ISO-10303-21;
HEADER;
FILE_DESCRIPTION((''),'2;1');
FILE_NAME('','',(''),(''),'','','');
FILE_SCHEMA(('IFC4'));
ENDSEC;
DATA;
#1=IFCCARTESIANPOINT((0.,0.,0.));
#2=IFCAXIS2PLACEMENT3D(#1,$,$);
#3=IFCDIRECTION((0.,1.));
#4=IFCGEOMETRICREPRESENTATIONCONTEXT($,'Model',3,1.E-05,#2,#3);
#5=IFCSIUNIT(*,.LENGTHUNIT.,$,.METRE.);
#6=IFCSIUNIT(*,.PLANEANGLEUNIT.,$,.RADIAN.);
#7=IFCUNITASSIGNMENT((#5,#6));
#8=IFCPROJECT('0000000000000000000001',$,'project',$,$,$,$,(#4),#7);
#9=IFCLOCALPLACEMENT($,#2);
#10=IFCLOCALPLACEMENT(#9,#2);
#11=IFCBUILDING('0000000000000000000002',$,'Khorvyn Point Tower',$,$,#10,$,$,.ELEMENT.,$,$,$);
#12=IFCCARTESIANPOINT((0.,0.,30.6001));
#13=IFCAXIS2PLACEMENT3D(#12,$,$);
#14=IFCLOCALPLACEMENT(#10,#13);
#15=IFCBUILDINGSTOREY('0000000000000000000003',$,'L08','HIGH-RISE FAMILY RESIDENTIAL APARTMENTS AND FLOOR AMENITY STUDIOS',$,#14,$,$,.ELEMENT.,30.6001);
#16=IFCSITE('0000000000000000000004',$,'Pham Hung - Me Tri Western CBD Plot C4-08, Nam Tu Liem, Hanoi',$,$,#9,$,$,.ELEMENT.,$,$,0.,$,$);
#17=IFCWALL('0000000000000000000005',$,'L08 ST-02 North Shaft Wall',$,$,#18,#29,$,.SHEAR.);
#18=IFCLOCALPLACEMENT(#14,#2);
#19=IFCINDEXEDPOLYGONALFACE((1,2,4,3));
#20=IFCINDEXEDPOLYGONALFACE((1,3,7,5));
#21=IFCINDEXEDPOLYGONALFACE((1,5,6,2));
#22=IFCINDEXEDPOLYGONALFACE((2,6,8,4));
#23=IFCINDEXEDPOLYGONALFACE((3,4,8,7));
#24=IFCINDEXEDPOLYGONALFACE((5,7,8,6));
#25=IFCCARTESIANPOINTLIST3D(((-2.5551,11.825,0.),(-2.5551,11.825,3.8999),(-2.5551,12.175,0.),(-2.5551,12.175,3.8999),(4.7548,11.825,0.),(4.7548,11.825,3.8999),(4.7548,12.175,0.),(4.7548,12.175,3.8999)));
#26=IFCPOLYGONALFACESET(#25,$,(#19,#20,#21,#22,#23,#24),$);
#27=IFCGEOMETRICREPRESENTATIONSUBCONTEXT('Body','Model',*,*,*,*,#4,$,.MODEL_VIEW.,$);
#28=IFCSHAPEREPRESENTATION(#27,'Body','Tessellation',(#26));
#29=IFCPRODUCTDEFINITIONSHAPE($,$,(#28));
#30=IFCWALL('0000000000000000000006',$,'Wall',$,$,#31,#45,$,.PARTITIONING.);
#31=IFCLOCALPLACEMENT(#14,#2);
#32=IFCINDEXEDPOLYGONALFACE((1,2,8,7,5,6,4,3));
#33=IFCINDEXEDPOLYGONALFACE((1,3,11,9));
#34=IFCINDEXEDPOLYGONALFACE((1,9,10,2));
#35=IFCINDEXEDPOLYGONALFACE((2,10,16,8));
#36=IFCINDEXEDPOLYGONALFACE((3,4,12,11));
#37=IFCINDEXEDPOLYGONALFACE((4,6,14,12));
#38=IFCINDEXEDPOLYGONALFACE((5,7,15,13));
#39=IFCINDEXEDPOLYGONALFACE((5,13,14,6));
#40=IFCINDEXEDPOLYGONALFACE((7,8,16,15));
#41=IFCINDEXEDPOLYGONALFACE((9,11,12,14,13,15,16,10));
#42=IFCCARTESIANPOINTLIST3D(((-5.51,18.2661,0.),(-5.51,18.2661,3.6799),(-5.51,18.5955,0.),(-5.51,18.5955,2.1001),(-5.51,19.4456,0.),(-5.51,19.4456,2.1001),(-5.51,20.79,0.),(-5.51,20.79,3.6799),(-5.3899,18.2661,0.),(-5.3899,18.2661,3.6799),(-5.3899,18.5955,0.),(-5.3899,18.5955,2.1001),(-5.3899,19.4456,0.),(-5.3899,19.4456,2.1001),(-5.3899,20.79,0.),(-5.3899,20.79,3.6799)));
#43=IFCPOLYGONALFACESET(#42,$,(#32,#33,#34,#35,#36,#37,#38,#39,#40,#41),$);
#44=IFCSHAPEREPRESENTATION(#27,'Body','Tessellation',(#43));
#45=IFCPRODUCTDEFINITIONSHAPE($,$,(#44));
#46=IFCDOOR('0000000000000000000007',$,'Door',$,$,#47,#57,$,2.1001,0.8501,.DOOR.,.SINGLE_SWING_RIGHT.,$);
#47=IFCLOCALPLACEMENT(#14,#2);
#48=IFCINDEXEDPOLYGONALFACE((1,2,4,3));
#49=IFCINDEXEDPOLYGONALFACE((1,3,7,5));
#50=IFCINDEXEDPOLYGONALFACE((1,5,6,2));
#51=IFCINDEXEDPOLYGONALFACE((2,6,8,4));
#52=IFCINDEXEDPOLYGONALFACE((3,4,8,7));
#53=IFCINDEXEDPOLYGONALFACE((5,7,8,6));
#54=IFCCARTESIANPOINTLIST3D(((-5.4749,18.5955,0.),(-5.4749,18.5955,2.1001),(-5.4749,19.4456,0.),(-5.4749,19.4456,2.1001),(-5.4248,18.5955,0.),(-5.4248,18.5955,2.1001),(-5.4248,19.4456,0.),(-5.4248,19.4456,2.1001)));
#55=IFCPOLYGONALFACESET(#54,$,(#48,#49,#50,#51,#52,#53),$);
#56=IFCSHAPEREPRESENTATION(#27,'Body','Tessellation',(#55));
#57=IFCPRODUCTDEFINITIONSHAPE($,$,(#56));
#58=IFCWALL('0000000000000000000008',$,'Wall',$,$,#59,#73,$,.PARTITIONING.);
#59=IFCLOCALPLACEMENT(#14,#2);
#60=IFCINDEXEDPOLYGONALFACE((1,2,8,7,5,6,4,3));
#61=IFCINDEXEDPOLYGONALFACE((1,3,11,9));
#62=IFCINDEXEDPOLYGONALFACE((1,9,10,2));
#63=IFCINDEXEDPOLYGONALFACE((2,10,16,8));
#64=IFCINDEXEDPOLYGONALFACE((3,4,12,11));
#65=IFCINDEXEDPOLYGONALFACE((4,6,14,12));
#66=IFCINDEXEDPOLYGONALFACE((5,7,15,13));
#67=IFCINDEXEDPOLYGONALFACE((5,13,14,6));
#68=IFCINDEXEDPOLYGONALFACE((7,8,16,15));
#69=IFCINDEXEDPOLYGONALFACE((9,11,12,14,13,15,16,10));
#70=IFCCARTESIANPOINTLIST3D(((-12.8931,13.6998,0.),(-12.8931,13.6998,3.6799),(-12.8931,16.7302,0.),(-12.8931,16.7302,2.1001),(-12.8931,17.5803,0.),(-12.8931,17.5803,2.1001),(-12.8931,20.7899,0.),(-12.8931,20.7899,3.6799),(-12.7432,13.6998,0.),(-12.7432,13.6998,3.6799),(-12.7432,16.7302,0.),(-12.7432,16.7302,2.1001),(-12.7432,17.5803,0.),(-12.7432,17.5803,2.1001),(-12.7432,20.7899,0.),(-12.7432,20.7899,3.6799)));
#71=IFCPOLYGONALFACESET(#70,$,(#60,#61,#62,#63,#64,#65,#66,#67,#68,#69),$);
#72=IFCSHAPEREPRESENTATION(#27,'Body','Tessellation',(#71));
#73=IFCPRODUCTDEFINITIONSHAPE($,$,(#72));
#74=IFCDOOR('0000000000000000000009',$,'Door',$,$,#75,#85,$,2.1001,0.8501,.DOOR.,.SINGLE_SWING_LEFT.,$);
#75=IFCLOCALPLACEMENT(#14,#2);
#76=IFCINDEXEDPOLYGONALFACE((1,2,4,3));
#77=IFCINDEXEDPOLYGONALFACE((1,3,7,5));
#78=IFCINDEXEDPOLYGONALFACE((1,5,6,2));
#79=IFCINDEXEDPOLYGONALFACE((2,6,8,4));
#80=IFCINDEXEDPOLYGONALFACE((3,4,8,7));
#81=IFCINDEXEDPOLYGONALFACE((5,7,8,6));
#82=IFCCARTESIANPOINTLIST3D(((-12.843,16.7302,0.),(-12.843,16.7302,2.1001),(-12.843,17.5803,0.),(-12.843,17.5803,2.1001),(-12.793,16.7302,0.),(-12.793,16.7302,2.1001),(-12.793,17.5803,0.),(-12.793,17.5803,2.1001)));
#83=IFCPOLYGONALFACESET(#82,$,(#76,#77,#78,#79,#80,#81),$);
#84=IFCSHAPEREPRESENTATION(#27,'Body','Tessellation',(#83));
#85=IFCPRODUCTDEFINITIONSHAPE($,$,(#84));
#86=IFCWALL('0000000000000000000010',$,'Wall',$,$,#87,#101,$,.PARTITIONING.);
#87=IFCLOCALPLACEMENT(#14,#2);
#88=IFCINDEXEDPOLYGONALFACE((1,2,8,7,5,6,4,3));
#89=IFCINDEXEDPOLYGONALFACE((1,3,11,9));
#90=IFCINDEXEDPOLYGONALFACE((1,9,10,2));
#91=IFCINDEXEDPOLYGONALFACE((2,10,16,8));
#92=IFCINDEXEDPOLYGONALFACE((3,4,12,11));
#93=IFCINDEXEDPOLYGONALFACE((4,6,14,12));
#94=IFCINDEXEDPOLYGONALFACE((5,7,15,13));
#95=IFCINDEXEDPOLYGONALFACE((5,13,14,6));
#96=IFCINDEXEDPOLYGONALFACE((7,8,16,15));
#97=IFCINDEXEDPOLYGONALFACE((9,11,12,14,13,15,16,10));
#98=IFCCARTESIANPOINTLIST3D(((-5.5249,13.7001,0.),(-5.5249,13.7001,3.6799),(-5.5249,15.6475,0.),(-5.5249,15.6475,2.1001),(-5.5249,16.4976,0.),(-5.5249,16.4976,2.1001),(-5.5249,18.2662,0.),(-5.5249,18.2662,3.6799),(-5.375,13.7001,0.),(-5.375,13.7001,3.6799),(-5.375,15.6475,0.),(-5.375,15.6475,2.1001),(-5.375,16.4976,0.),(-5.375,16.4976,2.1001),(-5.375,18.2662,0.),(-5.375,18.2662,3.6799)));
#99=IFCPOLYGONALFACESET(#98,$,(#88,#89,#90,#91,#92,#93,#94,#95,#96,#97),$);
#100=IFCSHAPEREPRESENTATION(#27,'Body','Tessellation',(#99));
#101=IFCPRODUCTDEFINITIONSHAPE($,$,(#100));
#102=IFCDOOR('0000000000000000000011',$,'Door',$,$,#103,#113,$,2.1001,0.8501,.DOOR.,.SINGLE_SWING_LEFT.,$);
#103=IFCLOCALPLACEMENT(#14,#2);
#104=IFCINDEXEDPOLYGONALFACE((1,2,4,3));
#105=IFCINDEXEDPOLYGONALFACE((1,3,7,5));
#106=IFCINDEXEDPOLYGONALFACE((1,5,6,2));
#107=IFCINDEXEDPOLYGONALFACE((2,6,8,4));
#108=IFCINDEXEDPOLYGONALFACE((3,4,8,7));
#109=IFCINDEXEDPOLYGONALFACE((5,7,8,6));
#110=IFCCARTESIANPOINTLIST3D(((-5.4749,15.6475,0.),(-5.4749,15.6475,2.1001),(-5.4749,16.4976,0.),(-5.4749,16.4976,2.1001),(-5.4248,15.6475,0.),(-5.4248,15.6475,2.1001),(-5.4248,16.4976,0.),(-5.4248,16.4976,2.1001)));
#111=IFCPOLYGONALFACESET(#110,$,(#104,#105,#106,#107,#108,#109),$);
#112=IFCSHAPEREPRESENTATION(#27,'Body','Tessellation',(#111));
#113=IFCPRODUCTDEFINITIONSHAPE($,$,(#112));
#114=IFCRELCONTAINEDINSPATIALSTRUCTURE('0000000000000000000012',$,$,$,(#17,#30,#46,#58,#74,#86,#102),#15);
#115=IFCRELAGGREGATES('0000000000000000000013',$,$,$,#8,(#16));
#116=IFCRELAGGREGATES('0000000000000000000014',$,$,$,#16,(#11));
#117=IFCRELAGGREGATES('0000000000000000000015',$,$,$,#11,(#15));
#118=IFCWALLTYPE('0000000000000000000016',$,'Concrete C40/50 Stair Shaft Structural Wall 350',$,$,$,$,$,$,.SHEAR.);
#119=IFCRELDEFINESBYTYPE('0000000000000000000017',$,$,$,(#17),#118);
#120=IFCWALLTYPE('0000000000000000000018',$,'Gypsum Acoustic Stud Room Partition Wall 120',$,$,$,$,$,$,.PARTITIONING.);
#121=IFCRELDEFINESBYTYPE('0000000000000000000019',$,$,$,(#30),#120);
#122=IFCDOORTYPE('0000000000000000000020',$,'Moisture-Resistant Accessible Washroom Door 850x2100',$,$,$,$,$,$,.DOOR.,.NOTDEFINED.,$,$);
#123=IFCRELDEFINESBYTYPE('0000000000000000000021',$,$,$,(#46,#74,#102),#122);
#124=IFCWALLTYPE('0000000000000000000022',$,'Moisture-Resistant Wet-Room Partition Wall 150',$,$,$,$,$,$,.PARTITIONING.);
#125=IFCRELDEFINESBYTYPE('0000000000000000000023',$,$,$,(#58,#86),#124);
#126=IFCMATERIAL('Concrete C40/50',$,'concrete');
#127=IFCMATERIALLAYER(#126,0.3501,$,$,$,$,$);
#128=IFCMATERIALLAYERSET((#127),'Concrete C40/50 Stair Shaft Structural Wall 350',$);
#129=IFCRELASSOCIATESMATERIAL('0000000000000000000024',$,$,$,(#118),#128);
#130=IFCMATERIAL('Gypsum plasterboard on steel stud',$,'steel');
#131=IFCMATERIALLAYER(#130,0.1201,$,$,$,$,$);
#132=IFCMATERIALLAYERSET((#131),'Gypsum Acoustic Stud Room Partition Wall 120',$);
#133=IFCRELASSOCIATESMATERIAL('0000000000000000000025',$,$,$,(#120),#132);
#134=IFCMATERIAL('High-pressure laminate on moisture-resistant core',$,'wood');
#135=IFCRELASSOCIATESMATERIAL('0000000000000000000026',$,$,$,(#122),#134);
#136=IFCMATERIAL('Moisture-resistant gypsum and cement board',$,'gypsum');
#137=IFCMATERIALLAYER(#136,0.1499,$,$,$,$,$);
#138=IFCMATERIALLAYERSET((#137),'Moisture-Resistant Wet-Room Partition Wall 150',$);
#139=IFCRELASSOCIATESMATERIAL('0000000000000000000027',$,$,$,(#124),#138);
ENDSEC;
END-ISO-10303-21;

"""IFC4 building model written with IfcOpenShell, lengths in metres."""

from ifc_helpers import new_model, si_unit, direction, frame, frame_2d, origin, place, context, subcontext, project, spatial, rectangle, extrude, material, layer, layer_set, type_object, element, fill, save


model = new_model("IFC4")

# Units and contexts
model_context = context("Model", 3, precision=1e-05, world=origin(), true_north=direction((0.0, 1.0)))
body_context = subcontext(model_context, "Body", "Model", "MODEL_VIEW")
ifc_project = project(units=[si_unit("LENGTHUNIT", "METRE"), si_unit("PLANEANGLEUNIT", "RADIAN")], contexts=[model_context])

# Site, building, storey
site_placement = place(None, origin())
site = spatial("IfcSite", under=ifc_project, at=site_placement, Name="Pham Hung - Me Tri Western CBD Plot C4-08, Nam Tu Liem, Hanoi", CompositionType="ELEMENT", RefElevation=0.0)
building_placement = place(site_placement, origin())
building = spatial("IfcBuilding", under=site, at=building_placement, Name="Khorvyn Point Tower", CompositionType="ELEMENT")
storey_placement = place(building_placement, frame((0.0, 0.0, 30.6001)))
storey = spatial("IfcBuildingStorey", under=building, at=storey_placement, Name="L08", Description="HIGH-RISE FAMILY RESIDENTIAL APARTMENTS AND FLOOR AMENITY STUDIOS", CompositionType="ELEMENT", Elevation=30.6001)

# Wall
ifc_material_1 = material(Name="Concrete C40/50", Category="concrete")
ifc_layer_1 = layer(ifc_material_1, 0.3501)
ifc_layer_set_1 = layer_set([ifc_layer_1], Name="Concrete C40/50 Stair Shaft Structural Wall 350")
wall_type_1 = type_object("IfcWallType", Name="Concrete C40/50 Stair Shaft Structural Wall 350", PredefinedType="SHEAR", material=ifc_layer_set_1)
wall_1_placement = place(storey_placement, frame((-2.5549, 12.0, 0.0), z_axis=(0.0, 0.0, 1.0), x_axis=(1.0, 0.0, 0.0)))
element("IfcWall", 1, at=wall_1_placement, inside=storey, type_object=wall_type_1, Name="L08 ST-02 North Shaft Wall", PredefinedType="SHEAR", context=body_context, shape_type="SweptSolid", body=[
    extrude(rectangle(XDim=7.3098, YDim=0.3501, at=frame_2d((3.6548, 0.0))), origin(), (0.0, 0.0, 1.0), 3.8999),
])

# Walls, openings, doors
ifc_material_2 = material(Name="Gypsum plasterboard on steel stud", Category="steel")
ifc_layer_2 = layer(ifc_material_2, 0.1201)
ifc_layer_set_2 = layer_set([ifc_layer_2], Name="Gypsum Acoustic Stud Room Partition Wall 120")
wall_type_2 = type_object("IfcWallType", Name="Gypsum Acoustic Stud Room Partition Wall 120", PredefinedType="PARTITIONING", material=ifc_layer_set_2)
wall_2_placement = place(storey_placement, frame((-5.45, 18.2661, 0.0), z_axis=(0.0, 0.0, 1.0), x_axis=(0.0, 1.0, 0.0)))
wall_2 = element("IfcWall", 2, at=wall_2_placement, inside=storey, type_object=wall_type_2, Name="Wall", PredefinedType="PARTITIONING", context=body_context, shape_type="SweptSolid", body=[
    extrude(rectangle(XDim=2.5239, YDim=0.1201, at=frame_2d((1.262, 0.0))), origin(), (0.0, 0.0, 1.0), 3.6799),
])
opening_1_placement = place(wall_2_placement, frame((0.3293, 0.0, 0.0)))
opening_1 = element("IfcOpeningElement", 3, at=opening_1_placement, cuts=wall_2, PredefinedType="OPENING", context=body_context, shape_type="SweptSolid", body=[
    extrude(rectangle(XDim=0.8501, YDim=2.1001, at=frame_2d((0.425, 1.05))), frame((0.0, 0.0701, 0.0), z_axis=(0.0, -1.0, 0.0), x_axis=(1.0, 0.0, 0.0)), (0.0, 0.0, 1.0), 0.1401),
])
ifc_material_3 = material(Name="High-pressure laminate on moisture-resistant core", Category="wood")
door_type_1 = type_object("IfcDoorType", Name="Moisture-Resistant Accessible Washroom Door 850x2100", OperationType="NOTDEFINED", PredefinedType="DOOR", material=ifc_material_3)
door_1_placement = place(opening_1_placement, origin())
door_1 = element("IfcDoor", 4, at=door_1_placement, inside=storey, type_object=door_type_1, Name="Door", OperationType="SINGLE_SWING_RIGHT", OverallHeight=2.1001, OverallWidth=0.8501, PredefinedType="DOOR", context=body_context, shape_type="SweptSolid", body=[
    extrude(rectangle(XDim=0.8501, YDim=2.1001, at=frame_2d((0.425, 1.05))), frame((0.0, 0.0249, 0.0), z_axis=(0.0, -1.0, 0.0), x_axis=(1.0, 0.0, 0.0)), (0.0, 0.0, 1.0), 0.05),
])
fill(opening_1, door_1)
ifc_material_4 = material(Name="Moisture-resistant gypsum and cement board", Category="gypsum")
ifc_layer_3 = layer(ifc_material_4, 0.1499)
ifc_layer_set_3 = layer_set([ifc_layer_3], Name="Moisture-Resistant Wet-Room Partition Wall 150")
wall_type_3 = type_object("IfcWallType", Name="Moisture-Resistant Wet-Room Partition Wall 150", PredefinedType="PARTITIONING", material=ifc_layer_set_3)
wall_3_placement = place(storey_placement, frame((-12.8181, 13.7, 0.0), z_axis=(0.0, 0.0, 1.0), x_axis=(0.0, 1.0, 0.0)))
wall_3 = element("IfcWall", 5, at=wall_3_placement, inside=storey, type_object=wall_type_3, Name="Wall", PredefinedType="PARTITIONING", context=body_context, shape_type="SweptSolid", body=[
    extrude(rectangle(XDim=7.0901, YDim=0.1499, at=frame_2d((3.5449, 0.0))), origin(), (0.0, 0.0, 1.0), 3.6799),
])
opening_2_placement = place(wall_3_placement, frame((3.0303, 0.0, 0.0)))
opening_2 = element("IfcOpeningElement", 6, at=opening_2_placement, cuts=wall_3, PredefinedType="OPENING", context=body_context, shape_type="SweptSolid", body=[
    extrude(rectangle(XDim=0.8501, YDim=2.1001, at=frame_2d((0.425, 1.05))), frame((0.0, 0.085, 0.0), z_axis=(0.0, -1.0, 0.0), x_axis=(1.0, 0.0, 0.0)), (0.0, 0.0, 1.0), 0.1699),
])
door_2_placement = place(opening_2_placement, origin())
door_2 = element("IfcDoor", 7, at=door_2_placement, inside=storey, type_object=door_type_1, Name="Door", OperationType="SINGLE_SWING_LEFT", OverallHeight=2.1001, OverallWidth=0.8501, PredefinedType="DOOR", context=body_context, shape_type="SweptSolid", body=[
    extrude(rectangle(XDim=0.8501, YDim=2.1001, at=frame_2d((0.425, 1.05))), frame((0.0, 0.0249, 0.0), z_axis=(0.0, -1.0, 0.0), x_axis=(1.0, 0.0, 0.0)), (0.0, 0.0, 1.0), 0.05),
])
fill(opening_2, door_2)
wall_4_placement = place(storey_placement, frame((-5.45, 13.7, 0.0), z_axis=(0.0, 0.0, 1.0), x_axis=(0.0, 1.0, 0.0)))
wall_4 = element("IfcWall", 8, at=wall_4_placement, inside=storey, type_object=wall_type_3, Name="Wall", PredefinedType="PARTITIONING", context=body_context, shape_type="SweptSolid", body=[
    extrude(rectangle(XDim=4.5662, YDim=0.1499, at=frame_2d((2.2832, 0.0))), origin(), (0.0, 0.0, 1.0), 3.6799),
])
opening_3_placement = place(wall_4_placement, frame((1.9475, 0.0, 0.0)))
opening_3 = element("IfcOpeningElement", 9, at=opening_3_placement, cuts=wall_4, PredefinedType="OPENING", context=body_context, shape_type="SweptSolid", body=[
    extrude(rectangle(XDim=0.8501, YDim=2.1001, at=frame_2d((0.425, 1.05))), frame((0.0, 0.085, 0.0), z_axis=(0.0, -1.0, 0.0), x_axis=(1.0, 0.0, 0.0)), (0.0, 0.0, 1.0), 0.1699),
])
door_3_placement = place(opening_3_placement, origin())
door_3 = element("IfcDoor", 10, at=door_3_placement, inside=storey, type_object=door_type_1, Name="Door", OperationType="SINGLE_SWING_LEFT", OverallHeight=2.1001, OverallWidth=0.8501, PredefinedType="DOOR", context=body_context, shape_type="SweptSolid", body=[
    extrude(rectangle(XDim=0.8501, YDim=2.1001, at=frame_2d((0.425, 1.05))), frame((0.0, 0.0249, 0.0), z_axis=(0.0, -1.0, 0.0), x_axis=(1.0, 0.0, 0.0)), (0.0, 0.0, 1.0), 0.05),
])
fill(opening_3, door_3)

save(model, "model.ifc")
